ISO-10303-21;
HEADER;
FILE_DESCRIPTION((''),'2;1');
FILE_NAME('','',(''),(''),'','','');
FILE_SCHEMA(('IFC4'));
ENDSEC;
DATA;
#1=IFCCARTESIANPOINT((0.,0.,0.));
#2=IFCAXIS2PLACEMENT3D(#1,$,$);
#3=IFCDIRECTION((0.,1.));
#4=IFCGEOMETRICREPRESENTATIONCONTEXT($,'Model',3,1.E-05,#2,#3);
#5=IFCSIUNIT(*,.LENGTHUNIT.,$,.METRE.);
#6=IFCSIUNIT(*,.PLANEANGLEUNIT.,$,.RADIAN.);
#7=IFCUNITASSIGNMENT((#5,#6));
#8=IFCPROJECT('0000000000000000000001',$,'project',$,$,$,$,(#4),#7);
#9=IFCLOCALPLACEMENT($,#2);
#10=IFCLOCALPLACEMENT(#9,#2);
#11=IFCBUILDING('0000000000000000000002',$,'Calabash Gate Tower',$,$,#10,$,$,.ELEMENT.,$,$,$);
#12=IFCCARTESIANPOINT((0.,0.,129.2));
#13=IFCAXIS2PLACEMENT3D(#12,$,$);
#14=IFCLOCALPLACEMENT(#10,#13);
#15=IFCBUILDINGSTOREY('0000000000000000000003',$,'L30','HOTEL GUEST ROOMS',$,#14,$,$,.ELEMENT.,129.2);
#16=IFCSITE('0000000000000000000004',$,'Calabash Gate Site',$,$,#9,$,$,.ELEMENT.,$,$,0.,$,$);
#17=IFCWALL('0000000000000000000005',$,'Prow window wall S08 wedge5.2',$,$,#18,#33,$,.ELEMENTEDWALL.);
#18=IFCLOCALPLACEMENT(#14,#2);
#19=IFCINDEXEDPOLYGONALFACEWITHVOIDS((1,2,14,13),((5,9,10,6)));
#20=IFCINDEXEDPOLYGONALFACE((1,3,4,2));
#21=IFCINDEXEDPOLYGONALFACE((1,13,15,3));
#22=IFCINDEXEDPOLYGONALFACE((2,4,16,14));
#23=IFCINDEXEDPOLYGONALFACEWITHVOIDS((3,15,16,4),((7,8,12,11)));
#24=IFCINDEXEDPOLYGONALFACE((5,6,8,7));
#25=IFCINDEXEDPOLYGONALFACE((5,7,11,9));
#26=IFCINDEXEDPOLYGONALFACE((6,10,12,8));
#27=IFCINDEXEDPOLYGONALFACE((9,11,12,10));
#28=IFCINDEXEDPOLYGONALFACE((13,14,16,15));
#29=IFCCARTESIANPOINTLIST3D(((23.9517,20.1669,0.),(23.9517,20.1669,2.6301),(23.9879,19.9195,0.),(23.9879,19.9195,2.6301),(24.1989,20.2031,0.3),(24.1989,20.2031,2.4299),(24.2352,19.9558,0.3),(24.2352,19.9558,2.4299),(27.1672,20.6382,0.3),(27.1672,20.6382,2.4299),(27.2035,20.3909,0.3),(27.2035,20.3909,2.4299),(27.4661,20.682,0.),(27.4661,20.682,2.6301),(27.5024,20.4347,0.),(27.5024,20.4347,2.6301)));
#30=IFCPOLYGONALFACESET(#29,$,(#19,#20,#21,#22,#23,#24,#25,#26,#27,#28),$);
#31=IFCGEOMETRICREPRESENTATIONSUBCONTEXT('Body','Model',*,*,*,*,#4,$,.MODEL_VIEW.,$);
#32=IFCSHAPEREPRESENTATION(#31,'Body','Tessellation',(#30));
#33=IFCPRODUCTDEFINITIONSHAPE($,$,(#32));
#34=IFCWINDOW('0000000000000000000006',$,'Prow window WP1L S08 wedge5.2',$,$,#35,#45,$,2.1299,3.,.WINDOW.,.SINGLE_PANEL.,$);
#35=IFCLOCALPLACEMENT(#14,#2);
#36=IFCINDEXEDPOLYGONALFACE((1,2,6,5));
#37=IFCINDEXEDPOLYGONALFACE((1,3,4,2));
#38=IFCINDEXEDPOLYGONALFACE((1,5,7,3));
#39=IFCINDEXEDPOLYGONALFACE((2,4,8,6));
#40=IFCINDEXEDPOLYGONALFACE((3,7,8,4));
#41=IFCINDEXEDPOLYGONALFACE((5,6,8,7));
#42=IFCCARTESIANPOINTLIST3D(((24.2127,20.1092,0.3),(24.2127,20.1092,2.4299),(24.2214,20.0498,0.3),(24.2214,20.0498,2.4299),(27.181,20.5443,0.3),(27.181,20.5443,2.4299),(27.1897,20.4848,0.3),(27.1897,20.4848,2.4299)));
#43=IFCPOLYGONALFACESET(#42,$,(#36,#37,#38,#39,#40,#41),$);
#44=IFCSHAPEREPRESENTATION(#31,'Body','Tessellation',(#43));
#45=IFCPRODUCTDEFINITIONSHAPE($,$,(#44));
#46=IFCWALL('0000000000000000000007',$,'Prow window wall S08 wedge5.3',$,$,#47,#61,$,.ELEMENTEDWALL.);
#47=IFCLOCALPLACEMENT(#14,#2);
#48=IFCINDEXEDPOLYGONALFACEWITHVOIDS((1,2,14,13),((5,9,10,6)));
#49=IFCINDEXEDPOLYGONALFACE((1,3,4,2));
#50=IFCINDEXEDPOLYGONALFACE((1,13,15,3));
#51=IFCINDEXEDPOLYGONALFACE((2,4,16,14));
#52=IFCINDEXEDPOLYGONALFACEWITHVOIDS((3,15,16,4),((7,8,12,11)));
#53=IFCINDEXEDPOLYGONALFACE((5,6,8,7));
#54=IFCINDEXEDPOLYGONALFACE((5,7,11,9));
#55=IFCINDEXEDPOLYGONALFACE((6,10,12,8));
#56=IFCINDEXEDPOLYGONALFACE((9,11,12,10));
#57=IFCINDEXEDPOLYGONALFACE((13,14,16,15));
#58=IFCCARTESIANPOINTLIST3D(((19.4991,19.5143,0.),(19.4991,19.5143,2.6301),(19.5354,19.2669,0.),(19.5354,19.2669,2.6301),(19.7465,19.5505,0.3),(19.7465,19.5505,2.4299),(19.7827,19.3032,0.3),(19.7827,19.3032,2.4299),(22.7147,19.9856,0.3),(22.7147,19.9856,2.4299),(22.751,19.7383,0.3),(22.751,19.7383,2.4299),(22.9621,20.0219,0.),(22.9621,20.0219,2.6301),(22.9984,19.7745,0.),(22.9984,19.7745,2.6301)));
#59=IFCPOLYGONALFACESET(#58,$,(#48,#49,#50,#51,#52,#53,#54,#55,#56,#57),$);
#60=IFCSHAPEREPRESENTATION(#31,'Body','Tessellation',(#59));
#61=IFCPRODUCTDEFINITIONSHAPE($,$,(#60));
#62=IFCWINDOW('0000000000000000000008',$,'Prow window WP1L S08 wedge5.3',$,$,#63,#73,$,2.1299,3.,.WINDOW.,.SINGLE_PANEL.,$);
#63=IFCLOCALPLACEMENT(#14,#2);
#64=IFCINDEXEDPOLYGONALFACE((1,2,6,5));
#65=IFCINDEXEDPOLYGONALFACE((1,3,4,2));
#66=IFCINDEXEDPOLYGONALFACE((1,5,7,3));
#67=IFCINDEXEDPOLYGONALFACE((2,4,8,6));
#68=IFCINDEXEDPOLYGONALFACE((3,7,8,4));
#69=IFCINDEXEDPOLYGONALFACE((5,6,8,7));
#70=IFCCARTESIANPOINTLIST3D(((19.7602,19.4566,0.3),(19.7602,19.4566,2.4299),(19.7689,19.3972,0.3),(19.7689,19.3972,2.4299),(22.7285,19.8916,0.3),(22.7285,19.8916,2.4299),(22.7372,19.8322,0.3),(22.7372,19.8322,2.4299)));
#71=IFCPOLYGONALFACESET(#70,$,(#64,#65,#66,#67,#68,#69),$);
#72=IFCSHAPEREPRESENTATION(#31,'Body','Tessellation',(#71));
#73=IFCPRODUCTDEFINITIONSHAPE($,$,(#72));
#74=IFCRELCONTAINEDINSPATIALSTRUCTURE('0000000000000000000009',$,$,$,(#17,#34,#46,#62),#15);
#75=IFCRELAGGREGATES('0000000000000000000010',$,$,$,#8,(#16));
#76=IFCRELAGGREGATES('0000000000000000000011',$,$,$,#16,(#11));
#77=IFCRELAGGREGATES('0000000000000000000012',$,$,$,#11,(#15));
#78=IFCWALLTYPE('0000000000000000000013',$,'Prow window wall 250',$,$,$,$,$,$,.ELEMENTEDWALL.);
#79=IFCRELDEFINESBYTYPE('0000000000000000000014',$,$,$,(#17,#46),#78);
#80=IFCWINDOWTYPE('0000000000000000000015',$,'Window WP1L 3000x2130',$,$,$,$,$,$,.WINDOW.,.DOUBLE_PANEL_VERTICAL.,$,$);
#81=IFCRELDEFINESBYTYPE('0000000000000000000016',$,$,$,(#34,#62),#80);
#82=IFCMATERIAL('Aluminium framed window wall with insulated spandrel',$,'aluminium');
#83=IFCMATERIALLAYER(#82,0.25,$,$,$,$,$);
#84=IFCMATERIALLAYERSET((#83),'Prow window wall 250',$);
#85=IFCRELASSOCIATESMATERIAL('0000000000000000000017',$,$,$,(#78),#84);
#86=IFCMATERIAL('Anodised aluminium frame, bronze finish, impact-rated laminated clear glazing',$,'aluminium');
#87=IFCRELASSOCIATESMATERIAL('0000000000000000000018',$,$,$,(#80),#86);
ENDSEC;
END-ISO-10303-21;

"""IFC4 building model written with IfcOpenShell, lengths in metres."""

from ifc_helpers import new_model, si_unit, direction, frame, frame_2d, origin, place, context, subcontext, project, spatial, rectangle, extrude, material, layer, layer_set, type_object, element, fill, save


model = new_model("IFC4")

# Units and contexts
model_context = context("Model", 3, precision=1e-05, world=origin(), true_north=direction((0.0, 1.0)))
body_context = subcontext(model_context, "Body", "Model", "MODEL_VIEW")
ifc_project = project(units=[si_unit("LENGTHUNIT", "METRE"), si_unit("PLANEANGLEUNIT", "RADIAN")], contexts=[model_context])

# Site, building, storey
site_placement = place(None, origin())
site = spatial("IfcSite", under=ifc_project, at=site_placement, Name="Calabash Gate Site", CompositionType="ELEMENT", RefElevation=0.0)
building_placement = place(site_placement, origin())
building = spatial("IfcBuilding", under=site, at=building_placement, Name="Calabash Gate Tower", CompositionType="ELEMENT")
storey_placement = place(building_placement, frame((0.0, 0.0, 129.2)))
storey = spatial("IfcBuildingStorey", under=building, at=storey_placement, Name="L30", Description="HOTEL GUEST ROOMS", CompositionType="ELEMENT", Elevation=129.2)

# Walls, openings, windows
ifc_material_1 = material(Name="Aluminium framed window wall with insulated spandrel", Category="aluminium")
ifc_layer_1 = layer(ifc_material_1, 0.25)
ifc_layer_set_1 = layer_set([ifc_layer_1], Name="Prow window wall 250")
wall_type_1 = type_object("IfcWallType", Name="Prow window wall 250", PredefinedType="ELEMENTEDWALL", material=ifc_layer_set_1)
ifc_material_2 = material(Name="Anodised aluminium frame, bronze finish, impact-rated laminated clear glazing", Category="aluminium")
window_type = type_object("IfcWindowType", Name="Window WP1L 3000x2130", PartitioningType="DOUBLE_PANEL_VERTICAL", PredefinedType="WINDOW", material=ifc_material_2)
wall_1_placement = place(storey_placement, frame((27.4841, 20.5583, 0.0), z_axis=(0.0, 0.0, 1.0), x_axis=(-0.989427, -0.145029, 0.0)))
wall_1 = element("IfcWall", 1, at=wall_1_placement, inside=storey, type_object=wall_type_1, Name="Prow window wall S08 wedge5.2", PredefinedType="ELEMENTEDWALL", context=body_context, shape_type="SweptSolid", body=[
    extrude(rectangle(XDim=3.552, YDim=0.25, at=frame_2d((1.7759, 0.0))), origin(), (0.0, 0.0, 1.0), 2.6301),
])
opening_1_placement = place(wall_1_placement, frame((0.302, 0.0, 0.3)))
opening_1 = element("IfcOpeningElement", 2, at=opening_1_placement, cuts=wall_1, PredefinedType="OPENING", context=body_context, shape_type="SweptSolid", body=[
    extrude(rectangle(XDim=3.0, YDim=2.1299, at=frame_2d((1.5, 1.0649))), frame((0.0, 0.135, 0.0), z_axis=(0.0, -1.0, 0.0), x_axis=(1.0, 0.0, 0.0)), (0.0, 0.0, 1.0), 0.27),
])
window_1_placement = place(opening_1_placement, origin())
window_1 = element("IfcWindow", 3, at=window_1_placement, inside=storey, type_object=window_type, Name="Prow window WP1L S08 wedge5.2", OverallHeight=2.1299, OverallWidth=3.0, PartitioningType="SINGLE_PANEL", PredefinedType="WINDOW", context=body_context, shape_type="SweptSolid", body=[
    extrude(rectangle(XDim=3.0, YDim=2.1299, at=frame_2d((1.5, 1.0649))), frame((0.0, 0.03, 0.0), z_axis=(0.0, -1.0, 0.0), x_axis=(1.0, 0.0, 0.0)), (0.0, 0.0, 1.0), 0.0601),
])
fill(opening_1, window_1)
wall_2_placement = place(storey_placement, frame((22.9802, 19.8982, 0.0), z_axis=(0.0, 0.0, 1.0), x_axis=(-0.989428, -0.145024, 0.0)))
wall_2 = element("IfcWall", 4, at=wall_2_placement, inside=storey, type_object=wall_type_1, Name="Prow window wall S08 wedge5.3", PredefinedType="ELEMENTEDWALL", context=body_context, shape_type="SweptSolid", body=[
    extrude(rectangle(XDim=3.5, YDim=0.25, at=frame_2d((1.75, 0.0))), origin(), (0.0, 0.0, 1.0), 2.6301),
])
opening_2_placement = place(wall_2_placement, frame((0.25, 0.0, 0.3)))
opening_2 = element("IfcOpeningElement", 5, at=opening_2_placement, cuts=wall_2, PredefinedType="OPENING", context=body_context, shape_type="SweptSolid", body=[
    extrude(rectangle(XDim=3.0, YDim=2.1299, at=frame_2d((1.5, 1.0649))), frame((0.0, 0.135, 0.0), z_axis=(0.0, -1.0, 0.0), x_axis=(1.0, 0.0, 0.0)), (0.0, 0.0, 1.0), 0.27),
])
window_2_placement = place(opening_2_placement, origin())
window_2 = element("IfcWindow", 6, at=window_2_placement, inside=storey, type_object=window_type, Name="Prow window WP1L S08 wedge5.3", OverallHeight=2.1299, OverallWidth=3.0, PartitioningType="SINGLE_PANEL", PredefinedType="WINDOW", context=body_context, shape_type="SweptSolid", body=[
    extrude(rectangle(XDim=3.0, YDim=2.1299, at=frame_2d((1.5, 1.0649))), frame((0.0, 0.03, 0.0), z_axis=(0.0, -1.0, 0.0), x_axis=(1.0, 0.0, 0.0)), (0.0, 0.0, 1.0), 0.0601),
])
fill(opening_2, window_2)

save(model, "model.ifc")
